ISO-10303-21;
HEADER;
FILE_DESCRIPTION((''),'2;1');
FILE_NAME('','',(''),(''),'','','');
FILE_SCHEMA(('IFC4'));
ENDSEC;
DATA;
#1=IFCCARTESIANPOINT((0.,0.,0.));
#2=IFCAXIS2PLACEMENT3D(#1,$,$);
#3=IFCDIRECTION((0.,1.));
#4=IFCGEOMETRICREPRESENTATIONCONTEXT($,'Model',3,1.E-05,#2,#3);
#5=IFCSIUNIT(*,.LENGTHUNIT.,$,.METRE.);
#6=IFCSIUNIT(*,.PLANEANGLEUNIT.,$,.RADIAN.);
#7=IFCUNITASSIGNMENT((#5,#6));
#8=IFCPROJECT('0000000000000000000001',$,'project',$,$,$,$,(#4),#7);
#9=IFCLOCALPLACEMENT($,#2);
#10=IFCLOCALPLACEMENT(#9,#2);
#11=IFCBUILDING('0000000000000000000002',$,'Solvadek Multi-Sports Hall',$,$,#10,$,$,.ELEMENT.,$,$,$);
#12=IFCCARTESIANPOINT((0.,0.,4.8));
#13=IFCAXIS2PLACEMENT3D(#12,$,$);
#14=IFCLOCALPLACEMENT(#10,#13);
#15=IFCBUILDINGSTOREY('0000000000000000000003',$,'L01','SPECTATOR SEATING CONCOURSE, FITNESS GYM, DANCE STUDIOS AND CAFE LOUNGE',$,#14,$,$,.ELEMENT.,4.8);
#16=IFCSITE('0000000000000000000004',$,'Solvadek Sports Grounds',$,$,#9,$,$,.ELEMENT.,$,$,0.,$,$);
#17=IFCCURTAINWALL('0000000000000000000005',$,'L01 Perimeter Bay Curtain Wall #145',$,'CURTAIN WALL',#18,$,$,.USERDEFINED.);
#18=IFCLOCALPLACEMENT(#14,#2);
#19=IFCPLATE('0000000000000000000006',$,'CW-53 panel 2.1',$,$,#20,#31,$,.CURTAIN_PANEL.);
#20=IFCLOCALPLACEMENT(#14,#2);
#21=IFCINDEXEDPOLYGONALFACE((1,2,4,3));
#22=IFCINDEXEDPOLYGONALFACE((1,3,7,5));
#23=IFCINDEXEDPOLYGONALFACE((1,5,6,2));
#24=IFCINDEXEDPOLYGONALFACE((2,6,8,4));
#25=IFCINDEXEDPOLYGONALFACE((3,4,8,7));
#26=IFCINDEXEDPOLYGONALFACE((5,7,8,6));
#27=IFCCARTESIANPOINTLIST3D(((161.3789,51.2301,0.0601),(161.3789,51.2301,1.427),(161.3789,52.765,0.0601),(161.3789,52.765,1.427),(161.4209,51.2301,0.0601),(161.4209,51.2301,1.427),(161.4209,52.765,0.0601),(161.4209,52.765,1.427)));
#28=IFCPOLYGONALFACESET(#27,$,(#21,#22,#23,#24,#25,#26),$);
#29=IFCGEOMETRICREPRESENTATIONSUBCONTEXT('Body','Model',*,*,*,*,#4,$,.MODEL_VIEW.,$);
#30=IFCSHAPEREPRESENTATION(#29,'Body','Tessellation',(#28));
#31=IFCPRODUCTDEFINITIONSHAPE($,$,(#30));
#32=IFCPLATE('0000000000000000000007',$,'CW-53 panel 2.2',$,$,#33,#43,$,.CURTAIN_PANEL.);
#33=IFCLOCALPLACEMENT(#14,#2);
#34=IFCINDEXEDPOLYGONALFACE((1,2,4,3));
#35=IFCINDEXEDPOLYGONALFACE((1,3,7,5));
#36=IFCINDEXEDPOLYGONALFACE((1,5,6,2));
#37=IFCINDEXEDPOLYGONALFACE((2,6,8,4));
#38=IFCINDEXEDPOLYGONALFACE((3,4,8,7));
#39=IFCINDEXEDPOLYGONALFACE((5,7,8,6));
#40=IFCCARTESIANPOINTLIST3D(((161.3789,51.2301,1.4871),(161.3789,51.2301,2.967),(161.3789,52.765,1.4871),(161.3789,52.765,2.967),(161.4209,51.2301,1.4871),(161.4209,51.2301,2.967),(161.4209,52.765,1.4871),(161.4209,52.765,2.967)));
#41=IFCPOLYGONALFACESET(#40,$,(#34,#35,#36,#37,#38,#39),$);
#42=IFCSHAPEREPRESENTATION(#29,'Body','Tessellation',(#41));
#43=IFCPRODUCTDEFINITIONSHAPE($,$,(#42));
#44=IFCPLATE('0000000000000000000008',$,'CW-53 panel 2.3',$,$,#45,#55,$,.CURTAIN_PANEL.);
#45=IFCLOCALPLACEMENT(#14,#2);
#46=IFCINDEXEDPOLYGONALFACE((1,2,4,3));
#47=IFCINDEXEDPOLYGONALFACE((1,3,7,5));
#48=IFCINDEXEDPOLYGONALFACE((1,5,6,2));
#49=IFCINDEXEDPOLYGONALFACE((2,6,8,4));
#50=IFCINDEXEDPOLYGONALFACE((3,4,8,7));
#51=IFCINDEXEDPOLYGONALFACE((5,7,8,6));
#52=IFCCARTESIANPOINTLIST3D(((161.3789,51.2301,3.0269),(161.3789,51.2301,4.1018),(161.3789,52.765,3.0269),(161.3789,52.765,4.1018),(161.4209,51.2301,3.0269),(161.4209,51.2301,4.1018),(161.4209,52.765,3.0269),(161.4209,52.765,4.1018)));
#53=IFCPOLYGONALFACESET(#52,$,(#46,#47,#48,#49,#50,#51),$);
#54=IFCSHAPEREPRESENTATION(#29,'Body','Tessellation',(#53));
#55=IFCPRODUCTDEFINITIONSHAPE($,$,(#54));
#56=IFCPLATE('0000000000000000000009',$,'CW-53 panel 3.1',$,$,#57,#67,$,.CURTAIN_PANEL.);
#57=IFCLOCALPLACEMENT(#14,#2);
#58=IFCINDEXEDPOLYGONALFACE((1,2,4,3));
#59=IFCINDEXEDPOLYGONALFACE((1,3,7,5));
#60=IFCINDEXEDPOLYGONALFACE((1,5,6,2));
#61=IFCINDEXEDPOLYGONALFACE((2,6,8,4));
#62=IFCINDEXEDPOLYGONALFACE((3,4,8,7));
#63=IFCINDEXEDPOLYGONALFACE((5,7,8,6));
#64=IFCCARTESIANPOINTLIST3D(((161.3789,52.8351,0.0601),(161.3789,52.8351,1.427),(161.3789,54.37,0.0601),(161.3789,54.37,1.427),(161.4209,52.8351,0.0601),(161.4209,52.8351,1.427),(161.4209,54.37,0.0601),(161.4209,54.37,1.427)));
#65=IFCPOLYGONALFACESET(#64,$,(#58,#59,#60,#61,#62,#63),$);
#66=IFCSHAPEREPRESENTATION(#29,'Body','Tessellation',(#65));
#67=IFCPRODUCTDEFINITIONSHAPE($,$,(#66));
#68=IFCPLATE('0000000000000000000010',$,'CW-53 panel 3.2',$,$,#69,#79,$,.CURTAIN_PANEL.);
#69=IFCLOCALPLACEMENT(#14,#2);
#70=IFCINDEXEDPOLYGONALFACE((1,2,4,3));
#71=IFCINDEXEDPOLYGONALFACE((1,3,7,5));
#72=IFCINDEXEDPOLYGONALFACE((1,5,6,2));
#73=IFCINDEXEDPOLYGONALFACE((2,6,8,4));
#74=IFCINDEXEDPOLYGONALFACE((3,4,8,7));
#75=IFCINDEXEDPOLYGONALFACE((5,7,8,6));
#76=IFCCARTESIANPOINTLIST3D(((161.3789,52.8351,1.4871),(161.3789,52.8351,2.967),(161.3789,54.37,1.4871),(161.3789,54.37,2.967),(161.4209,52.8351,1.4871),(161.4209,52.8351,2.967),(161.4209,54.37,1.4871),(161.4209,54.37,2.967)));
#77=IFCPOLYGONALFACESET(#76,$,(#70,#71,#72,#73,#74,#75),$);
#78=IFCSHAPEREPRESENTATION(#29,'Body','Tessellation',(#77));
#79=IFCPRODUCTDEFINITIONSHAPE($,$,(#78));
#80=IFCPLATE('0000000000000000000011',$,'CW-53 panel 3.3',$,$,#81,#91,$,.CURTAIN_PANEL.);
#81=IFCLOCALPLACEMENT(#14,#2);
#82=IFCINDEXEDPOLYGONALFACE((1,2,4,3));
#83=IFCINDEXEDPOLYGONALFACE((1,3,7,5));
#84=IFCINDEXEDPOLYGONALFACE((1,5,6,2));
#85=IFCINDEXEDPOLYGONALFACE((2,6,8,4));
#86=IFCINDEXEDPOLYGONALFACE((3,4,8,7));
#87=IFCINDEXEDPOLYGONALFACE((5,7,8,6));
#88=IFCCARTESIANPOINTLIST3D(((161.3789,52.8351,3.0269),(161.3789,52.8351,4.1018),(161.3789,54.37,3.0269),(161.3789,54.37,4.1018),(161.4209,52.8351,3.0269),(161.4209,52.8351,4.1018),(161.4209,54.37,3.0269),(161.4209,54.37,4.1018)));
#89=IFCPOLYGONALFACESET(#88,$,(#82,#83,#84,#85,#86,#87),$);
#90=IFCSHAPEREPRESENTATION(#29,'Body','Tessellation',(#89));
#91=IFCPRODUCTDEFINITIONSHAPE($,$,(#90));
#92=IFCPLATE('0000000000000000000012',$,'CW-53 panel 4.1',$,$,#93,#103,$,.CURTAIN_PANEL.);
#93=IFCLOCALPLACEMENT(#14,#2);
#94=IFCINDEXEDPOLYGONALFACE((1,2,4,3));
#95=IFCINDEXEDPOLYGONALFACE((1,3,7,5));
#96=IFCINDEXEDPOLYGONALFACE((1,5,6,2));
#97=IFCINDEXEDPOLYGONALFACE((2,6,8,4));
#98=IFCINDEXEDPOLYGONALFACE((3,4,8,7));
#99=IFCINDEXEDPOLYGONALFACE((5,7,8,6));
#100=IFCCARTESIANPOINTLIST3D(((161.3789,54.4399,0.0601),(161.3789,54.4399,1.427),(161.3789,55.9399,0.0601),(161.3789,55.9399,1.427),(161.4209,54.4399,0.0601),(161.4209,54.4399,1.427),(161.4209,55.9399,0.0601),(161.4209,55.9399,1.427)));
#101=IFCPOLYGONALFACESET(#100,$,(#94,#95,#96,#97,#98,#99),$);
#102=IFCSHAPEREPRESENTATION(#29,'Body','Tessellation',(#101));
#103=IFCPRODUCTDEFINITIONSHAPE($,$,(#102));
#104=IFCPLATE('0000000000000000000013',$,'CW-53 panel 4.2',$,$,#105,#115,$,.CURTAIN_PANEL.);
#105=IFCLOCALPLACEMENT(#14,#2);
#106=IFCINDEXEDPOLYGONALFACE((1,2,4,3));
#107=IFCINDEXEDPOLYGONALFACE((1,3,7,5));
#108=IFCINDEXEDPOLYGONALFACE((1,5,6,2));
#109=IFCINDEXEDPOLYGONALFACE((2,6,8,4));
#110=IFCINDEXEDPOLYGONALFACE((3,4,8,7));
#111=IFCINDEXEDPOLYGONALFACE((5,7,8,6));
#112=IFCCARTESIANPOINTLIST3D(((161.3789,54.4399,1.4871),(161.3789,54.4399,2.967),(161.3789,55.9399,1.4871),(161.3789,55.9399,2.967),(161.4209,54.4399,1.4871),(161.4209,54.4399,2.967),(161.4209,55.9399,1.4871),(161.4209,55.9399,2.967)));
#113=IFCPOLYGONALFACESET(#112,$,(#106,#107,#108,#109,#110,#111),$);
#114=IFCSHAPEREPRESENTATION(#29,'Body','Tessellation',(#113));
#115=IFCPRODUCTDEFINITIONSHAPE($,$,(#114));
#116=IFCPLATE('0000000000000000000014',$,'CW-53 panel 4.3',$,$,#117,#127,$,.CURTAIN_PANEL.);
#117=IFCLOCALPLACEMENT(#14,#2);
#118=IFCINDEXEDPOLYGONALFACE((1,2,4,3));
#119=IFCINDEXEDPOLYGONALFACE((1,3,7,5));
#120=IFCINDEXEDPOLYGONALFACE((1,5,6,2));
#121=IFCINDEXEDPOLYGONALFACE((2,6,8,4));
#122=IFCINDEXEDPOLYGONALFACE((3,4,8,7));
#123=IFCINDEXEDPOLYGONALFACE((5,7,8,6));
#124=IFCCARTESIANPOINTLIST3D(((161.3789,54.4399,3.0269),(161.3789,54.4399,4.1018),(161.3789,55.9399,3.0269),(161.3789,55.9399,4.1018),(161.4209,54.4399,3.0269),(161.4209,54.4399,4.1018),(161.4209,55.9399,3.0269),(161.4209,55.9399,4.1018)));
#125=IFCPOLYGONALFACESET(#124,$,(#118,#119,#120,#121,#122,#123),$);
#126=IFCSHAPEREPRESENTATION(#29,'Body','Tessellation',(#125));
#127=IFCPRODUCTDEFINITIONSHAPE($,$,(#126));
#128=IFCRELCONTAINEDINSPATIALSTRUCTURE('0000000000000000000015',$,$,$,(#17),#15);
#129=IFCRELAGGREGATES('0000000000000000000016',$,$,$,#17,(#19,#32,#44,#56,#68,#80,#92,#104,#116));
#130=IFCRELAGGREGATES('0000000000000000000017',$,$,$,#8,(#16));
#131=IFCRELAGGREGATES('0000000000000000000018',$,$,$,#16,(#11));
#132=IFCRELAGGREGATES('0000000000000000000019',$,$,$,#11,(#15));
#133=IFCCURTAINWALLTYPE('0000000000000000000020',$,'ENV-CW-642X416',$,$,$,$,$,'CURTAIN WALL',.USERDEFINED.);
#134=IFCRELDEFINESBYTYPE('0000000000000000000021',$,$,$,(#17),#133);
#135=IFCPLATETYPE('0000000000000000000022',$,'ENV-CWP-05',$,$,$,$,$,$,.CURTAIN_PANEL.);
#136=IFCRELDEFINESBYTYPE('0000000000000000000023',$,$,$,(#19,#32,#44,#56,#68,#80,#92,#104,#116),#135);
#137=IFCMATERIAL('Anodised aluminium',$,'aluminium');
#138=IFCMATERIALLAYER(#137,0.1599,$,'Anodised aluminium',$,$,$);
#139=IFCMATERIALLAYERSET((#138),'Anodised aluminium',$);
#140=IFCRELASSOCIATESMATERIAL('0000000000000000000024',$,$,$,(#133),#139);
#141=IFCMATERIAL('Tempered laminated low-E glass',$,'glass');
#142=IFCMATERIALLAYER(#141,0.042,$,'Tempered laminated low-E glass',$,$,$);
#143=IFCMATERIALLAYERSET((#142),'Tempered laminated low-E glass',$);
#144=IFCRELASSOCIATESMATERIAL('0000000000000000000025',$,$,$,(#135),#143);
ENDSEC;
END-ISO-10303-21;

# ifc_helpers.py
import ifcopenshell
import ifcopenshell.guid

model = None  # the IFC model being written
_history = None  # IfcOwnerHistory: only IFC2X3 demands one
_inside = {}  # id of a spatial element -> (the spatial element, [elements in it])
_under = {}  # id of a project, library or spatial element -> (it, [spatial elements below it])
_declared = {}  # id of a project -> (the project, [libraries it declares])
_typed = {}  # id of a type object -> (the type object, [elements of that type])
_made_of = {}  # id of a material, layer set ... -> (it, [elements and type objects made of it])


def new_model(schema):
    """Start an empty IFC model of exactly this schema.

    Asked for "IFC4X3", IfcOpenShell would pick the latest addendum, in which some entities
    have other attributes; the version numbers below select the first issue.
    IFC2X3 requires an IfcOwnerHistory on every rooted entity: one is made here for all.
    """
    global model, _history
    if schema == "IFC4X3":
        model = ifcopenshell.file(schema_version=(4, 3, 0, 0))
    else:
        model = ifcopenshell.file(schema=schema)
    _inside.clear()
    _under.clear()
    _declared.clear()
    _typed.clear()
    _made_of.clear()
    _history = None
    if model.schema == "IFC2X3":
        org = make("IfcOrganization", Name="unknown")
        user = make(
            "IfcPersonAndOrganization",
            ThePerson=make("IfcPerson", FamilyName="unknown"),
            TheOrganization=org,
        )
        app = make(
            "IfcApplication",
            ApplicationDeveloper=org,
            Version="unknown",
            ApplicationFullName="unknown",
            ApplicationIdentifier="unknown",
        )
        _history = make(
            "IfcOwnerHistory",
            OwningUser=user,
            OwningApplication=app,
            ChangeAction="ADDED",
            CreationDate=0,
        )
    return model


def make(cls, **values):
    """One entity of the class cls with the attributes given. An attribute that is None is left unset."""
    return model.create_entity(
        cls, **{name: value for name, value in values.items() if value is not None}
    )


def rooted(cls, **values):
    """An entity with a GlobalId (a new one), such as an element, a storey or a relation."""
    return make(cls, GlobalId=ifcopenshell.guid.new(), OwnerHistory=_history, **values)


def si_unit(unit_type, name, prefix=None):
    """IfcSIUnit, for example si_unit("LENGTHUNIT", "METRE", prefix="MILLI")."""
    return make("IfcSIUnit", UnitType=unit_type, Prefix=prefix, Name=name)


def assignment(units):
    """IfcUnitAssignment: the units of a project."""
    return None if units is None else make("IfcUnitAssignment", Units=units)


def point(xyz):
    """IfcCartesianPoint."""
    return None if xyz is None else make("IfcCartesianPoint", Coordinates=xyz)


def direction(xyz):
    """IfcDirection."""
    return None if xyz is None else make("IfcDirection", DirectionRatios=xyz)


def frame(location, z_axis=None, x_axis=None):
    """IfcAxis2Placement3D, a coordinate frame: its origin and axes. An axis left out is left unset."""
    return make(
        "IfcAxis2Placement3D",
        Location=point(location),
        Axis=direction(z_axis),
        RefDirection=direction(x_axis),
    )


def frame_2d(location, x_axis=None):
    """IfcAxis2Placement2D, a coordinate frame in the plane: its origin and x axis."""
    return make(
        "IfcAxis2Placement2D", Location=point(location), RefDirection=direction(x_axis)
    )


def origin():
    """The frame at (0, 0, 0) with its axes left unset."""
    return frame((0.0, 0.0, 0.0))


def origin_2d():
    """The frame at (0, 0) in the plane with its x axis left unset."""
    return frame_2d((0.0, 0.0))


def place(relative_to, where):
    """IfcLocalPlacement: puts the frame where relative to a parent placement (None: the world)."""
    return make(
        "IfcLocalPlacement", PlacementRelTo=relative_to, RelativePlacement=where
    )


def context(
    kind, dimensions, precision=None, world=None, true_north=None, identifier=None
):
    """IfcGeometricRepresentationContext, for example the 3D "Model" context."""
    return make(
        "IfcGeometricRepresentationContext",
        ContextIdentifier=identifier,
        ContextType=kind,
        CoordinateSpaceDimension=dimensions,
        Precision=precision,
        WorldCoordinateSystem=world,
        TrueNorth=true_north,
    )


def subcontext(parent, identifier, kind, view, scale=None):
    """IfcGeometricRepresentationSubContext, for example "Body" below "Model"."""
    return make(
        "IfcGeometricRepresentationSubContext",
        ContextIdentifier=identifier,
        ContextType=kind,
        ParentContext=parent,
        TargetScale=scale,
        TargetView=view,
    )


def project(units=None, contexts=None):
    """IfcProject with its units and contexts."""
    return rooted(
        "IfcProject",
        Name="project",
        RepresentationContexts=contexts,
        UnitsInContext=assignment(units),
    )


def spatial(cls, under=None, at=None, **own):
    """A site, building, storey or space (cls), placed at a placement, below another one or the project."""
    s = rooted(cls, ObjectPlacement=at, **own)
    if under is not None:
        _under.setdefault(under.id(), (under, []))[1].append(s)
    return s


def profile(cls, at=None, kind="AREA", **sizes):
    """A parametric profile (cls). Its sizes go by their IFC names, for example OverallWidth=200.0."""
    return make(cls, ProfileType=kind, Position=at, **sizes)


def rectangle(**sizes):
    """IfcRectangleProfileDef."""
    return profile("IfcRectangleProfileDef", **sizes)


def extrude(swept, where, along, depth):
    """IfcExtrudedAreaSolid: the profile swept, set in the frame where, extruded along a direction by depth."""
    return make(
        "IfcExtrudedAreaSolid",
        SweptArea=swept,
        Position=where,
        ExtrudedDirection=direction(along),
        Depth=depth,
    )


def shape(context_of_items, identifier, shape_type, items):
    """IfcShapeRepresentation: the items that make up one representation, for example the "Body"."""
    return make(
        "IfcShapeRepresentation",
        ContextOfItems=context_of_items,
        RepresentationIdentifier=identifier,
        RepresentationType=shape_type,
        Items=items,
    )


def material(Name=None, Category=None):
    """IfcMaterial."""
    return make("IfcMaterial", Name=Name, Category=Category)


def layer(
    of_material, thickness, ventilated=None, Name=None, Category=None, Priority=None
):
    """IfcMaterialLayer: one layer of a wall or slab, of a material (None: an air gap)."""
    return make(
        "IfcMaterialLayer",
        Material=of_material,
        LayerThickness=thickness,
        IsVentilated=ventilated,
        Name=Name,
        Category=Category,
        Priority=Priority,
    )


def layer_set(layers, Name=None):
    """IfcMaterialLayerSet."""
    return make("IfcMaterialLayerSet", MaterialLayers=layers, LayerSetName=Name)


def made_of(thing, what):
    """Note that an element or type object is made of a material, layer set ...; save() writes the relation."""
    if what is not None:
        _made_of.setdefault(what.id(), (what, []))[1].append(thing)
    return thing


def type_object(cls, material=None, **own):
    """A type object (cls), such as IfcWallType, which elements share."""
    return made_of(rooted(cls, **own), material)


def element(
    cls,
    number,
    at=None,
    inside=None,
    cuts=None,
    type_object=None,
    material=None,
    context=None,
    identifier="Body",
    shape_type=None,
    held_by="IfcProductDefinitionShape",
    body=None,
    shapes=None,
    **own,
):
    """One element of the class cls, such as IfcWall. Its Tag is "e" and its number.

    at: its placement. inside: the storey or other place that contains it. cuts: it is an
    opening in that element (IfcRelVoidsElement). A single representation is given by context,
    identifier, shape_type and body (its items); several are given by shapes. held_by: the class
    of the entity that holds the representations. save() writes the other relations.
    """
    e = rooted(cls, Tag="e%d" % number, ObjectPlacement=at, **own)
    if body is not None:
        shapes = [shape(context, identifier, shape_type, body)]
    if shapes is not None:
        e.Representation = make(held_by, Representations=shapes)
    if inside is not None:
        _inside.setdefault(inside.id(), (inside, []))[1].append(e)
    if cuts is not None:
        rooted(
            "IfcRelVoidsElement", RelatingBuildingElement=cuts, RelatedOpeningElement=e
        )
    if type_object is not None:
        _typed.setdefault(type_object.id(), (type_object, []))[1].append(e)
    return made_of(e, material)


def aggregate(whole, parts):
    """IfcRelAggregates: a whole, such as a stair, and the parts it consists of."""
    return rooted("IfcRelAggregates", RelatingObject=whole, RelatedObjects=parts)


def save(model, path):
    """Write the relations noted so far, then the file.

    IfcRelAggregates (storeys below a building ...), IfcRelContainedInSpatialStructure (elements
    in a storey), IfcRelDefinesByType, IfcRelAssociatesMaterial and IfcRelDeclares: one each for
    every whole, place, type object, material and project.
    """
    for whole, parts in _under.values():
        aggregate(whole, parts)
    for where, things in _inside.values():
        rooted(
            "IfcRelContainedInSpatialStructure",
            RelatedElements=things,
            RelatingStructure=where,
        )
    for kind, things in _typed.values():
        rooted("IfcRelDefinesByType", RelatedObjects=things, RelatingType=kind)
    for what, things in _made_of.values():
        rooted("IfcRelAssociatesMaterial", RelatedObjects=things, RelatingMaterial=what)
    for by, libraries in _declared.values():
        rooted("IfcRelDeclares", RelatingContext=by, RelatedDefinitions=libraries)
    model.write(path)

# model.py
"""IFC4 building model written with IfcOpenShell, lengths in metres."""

from ifc_helpers import new_model, si_unit, direction, frame, origin, origin_2d, place, context, subcontext, project, spatial, rectangle, extrude, material, layer, layer_set, type_object, element, aggregate, save


model = new_model("IFC4")

# Units and contexts
model_context = context("Model", 3, precision=1e-05, world=origin(), true_north=direction((0.0, 1.0)))
body_context = subcontext(model_context, "Body", "Model", "MODEL_VIEW")
ifc_project = project(units=[si_unit("LENGTHUNIT", "METRE"), si_unit("PLANEANGLEUNIT", "RADIAN")], contexts=[model_context])

# Site, building, storey
site_placement = place(None, origin())
site = spatial("IfcSite", under=ifc_project, at=site_placement, Name="Solvadek Sports Grounds", CompositionType="ELEMENT", RefElevation=0.0)
building_placement = place(site_placement, origin())
building = spatial("IfcBuilding", under=site, at=building_placement, Name="Solvadek Multi-Sports Hall", CompositionType="ELEMENT")
storey_placement = place(building_placement, frame((0.0, 0.0, 4.8)))
storey = spatial("IfcBuildingStorey", under=building, at=storey_placement, Name="L01", Description="SPECTATOR SEATING CONCOURSE, FITNESS GYM, DANCE STUDIOS AND CAFE LOUNGE", CompositionType="ELEMENT", Elevation=4.8)

# Shared definitions
ifc_material_1 = material(Name="Anodised aluminium", Category="aluminium")
ifc_layer_1 = layer(ifc_material_1, 0.1599, Name="Anodised aluminium")
ifc_layer_set_1 = layer_set([ifc_layer_1], Name="Anodised aluminium")
curtain_wall_type = type_object("IfcCurtainWallType", Name="ENV-CW-642X416", ElementType="CURTAIN WALL", PredefinedType="USERDEFINED", material=ifc_layer_set_1)

# Curtain wall
curtain_wall_1_placement = place(storey_placement, origin())
curtain_wall_1 = element("IfcCurtainWall", 1, at=curtain_wall_1_placement, inside=storey, type_object=curtain_wall_type, Name="L01 Perimeter Bay Curtain Wall #145", ObjectType="CURTAIN WALL", PredefinedType="USERDEFINED")

# Plates
ifc_material_2 = material(Name="Tempered laminated low-E glass", Category="glass")
ifc_layer_2 = layer(ifc_material_2, 0.042, Name="Tempered laminated low-E glass")
ifc_layer_set_2 = layer_set([ifc_layer_2], Name="Tempered laminated low-E glass")
plate_type = type_object("IfcPlateType", Name="ENV-CWP-05", PredefinedType="CURTAIN_PANEL", material=ifc_layer_set_2)
plate_1_placement = place(storey_placement, frame((161.3999, 51.9976, 0.0601), z_axis=(0.0, 0.0, 1.0), x_axis=(0.0, 1.0, 0.0)))
plate_1 = element("IfcPlate", 2, at=plate_1_placement, type_object=plate_type, Name="CW-53 panel 2.1", PredefinedType="CURTAIN_PANEL", context=body_context, shape_type="SweptSolid", body=[
    extrude(rectangle(XDim=1.5349, YDim=0.042, at=origin_2d()), origin(), (0.0, 0.0, 1.0), 1.3669),
])
plate_2_placement = place(storey_placement, frame((161.3999, 51.9976, 1.4871), z_axis=(0.0, 0.0, 1.0), x_axis=(0.0, 1.0, 0.0)))
plate_2 = element("IfcPlate", 3, at=plate_2_placement, type_object=plate_type, Name="CW-53 panel 2.2", PredefinedType="CURTAIN_PANEL", context=body_context, shape_type="SweptSolid", body=[
    extrude(rectangle(XDim=1.5349, YDim=0.042, at=origin_2d()), origin(), (0.0, 0.0, 1.0), 1.48),
])
plate_3_placement = place(storey_placement, frame((161.3999, 51.9976, 3.0269), z_axis=(0.0, 0.0, 1.0), x_axis=(0.0, 1.0, 0.0)))
plate_3 = element("IfcPlate", 4, at=plate_3_placement, type_object=plate_type, Name="CW-53 panel 2.3", PredefinedType="CURTAIN_PANEL", context=body_context, shape_type="SweptSolid", body=[
    extrude(rectangle(XDim=1.5349, YDim=0.042, at=origin_2d()), origin(), (0.0, 0.0, 1.0), 1.075),
])
plate_4_placement = place(storey_placement, frame((161.3999, 53.6025, 0.0601), z_axis=(0.0, 0.0, 1.0), x_axis=(0.0, 1.0, 0.0)))
plate_4 = element("IfcPlate", 5, at=plate_4_placement, type_object=plate_type, Name="CW-53 panel 3.1", PredefinedType="CURTAIN_PANEL", context=body_context, shape_type="SweptSolid", body=[
    extrude(rectangle(XDim=1.5349, YDim=0.042, at=origin_2d()), origin(), (0.0, 0.0, 1.0), 1.3669),
])
plate_5_placement = place(storey_placement, frame((161.3999, 53.6025, 1.4871), z_axis=(0.0, 0.0, 1.0), x_axis=(0.0, 1.0, 0.0)))
plate_5 = element("IfcPlate", 6, at=plate_5_placement, type_object=plate_type, Name="CW-53 panel 3.2", PredefinedType="CURTAIN_PANEL", context=body_context, shape_type="SweptSolid", body=[
    extrude(rectangle(XDim=1.5349, YDim=0.042, at=origin_2d()), origin(), (0.0, 0.0, 1.0), 1.48),
])
plate_6_placement = place(storey_placement, frame((161.3999, 53.6025, 3.0269), z_axis=(0.0, 0.0, 1.0), x_axis=(0.0, 1.0, 0.0)))
plate_6 = element("IfcPlate", 7, at=plate_6_placement, type_object=plate_type, Name="CW-53 panel 3.3", PredefinedType="CURTAIN_PANEL", context=body_context, shape_type="SweptSolid", body=[
    extrude(rectangle(XDim=1.5349, YDim=0.042, at=origin_2d()), origin(), (0.0, 0.0, 1.0), 1.075),
])
plate_7_placement = place(storey_placement, frame((161.3999, 55.1899, 0.0601), z_axis=(0.0, 0.0, 1.0), x_axis=(0.0, 1.0, 0.0)))
plate_7 = element("IfcPlate", 8, at=plate_7_placement, type_object=plate_type, Name="CW-53 panel 4.1", PredefinedType="CURTAIN_PANEL", context=body_context, shape_type="SweptSolid", body=[
    extrude(rectangle(XDim=1.5, YDim=0.042, at=origin_2d()), origin(), (0.0, 0.0, 1.0), 1.3669),
])
plate_8_placement = place(storey_placement, frame((161.3999, 55.1899, 1.4871), z_axis=(0.0, 0.0, 1.0), x_axis=(0.0, 1.0, 0.0)))
plate_8 = element("IfcPlate", 9, at=plate_8_placement, type_object=plate_type, Name="CW-53 panel 4.2", PredefinedType="CURTAIN_PANEL", context=body_context, shape_type="SweptSolid", body=[
    extrude(rectangle(XDim=1.5, YDim=0.042, at=origin_2d()), origin(), (0.0, 0.0, 1.0), 1.48),
])
plate_9_placement = place(storey_placement, frame((161.3999, 55.1899, 3.0269), z_axis=(0.0, 0.0, 1.0), x_axis=(0.0, 1.0, 0.0)))
plate_9 = element("IfcPlate", 10, at=plate_9_placement, type_object=plate_type, Name="CW-53 panel 4.3", PredefinedType="CURTAIN_PANEL", context=body_context, shape_type="SweptSolid", body=[
    extrude(rectangle(XDim=1.5, YDim=0.042, at=origin_2d()), origin(), (0.0, 0.0, 1.0), 1.075),
])
aggregate(curtain_wall_1, [plate_1, plate_2, plate_3, plate_4, plate_5, plate_6, plate_7, plate_8, plate_9])

save(model, "model.ifc")
